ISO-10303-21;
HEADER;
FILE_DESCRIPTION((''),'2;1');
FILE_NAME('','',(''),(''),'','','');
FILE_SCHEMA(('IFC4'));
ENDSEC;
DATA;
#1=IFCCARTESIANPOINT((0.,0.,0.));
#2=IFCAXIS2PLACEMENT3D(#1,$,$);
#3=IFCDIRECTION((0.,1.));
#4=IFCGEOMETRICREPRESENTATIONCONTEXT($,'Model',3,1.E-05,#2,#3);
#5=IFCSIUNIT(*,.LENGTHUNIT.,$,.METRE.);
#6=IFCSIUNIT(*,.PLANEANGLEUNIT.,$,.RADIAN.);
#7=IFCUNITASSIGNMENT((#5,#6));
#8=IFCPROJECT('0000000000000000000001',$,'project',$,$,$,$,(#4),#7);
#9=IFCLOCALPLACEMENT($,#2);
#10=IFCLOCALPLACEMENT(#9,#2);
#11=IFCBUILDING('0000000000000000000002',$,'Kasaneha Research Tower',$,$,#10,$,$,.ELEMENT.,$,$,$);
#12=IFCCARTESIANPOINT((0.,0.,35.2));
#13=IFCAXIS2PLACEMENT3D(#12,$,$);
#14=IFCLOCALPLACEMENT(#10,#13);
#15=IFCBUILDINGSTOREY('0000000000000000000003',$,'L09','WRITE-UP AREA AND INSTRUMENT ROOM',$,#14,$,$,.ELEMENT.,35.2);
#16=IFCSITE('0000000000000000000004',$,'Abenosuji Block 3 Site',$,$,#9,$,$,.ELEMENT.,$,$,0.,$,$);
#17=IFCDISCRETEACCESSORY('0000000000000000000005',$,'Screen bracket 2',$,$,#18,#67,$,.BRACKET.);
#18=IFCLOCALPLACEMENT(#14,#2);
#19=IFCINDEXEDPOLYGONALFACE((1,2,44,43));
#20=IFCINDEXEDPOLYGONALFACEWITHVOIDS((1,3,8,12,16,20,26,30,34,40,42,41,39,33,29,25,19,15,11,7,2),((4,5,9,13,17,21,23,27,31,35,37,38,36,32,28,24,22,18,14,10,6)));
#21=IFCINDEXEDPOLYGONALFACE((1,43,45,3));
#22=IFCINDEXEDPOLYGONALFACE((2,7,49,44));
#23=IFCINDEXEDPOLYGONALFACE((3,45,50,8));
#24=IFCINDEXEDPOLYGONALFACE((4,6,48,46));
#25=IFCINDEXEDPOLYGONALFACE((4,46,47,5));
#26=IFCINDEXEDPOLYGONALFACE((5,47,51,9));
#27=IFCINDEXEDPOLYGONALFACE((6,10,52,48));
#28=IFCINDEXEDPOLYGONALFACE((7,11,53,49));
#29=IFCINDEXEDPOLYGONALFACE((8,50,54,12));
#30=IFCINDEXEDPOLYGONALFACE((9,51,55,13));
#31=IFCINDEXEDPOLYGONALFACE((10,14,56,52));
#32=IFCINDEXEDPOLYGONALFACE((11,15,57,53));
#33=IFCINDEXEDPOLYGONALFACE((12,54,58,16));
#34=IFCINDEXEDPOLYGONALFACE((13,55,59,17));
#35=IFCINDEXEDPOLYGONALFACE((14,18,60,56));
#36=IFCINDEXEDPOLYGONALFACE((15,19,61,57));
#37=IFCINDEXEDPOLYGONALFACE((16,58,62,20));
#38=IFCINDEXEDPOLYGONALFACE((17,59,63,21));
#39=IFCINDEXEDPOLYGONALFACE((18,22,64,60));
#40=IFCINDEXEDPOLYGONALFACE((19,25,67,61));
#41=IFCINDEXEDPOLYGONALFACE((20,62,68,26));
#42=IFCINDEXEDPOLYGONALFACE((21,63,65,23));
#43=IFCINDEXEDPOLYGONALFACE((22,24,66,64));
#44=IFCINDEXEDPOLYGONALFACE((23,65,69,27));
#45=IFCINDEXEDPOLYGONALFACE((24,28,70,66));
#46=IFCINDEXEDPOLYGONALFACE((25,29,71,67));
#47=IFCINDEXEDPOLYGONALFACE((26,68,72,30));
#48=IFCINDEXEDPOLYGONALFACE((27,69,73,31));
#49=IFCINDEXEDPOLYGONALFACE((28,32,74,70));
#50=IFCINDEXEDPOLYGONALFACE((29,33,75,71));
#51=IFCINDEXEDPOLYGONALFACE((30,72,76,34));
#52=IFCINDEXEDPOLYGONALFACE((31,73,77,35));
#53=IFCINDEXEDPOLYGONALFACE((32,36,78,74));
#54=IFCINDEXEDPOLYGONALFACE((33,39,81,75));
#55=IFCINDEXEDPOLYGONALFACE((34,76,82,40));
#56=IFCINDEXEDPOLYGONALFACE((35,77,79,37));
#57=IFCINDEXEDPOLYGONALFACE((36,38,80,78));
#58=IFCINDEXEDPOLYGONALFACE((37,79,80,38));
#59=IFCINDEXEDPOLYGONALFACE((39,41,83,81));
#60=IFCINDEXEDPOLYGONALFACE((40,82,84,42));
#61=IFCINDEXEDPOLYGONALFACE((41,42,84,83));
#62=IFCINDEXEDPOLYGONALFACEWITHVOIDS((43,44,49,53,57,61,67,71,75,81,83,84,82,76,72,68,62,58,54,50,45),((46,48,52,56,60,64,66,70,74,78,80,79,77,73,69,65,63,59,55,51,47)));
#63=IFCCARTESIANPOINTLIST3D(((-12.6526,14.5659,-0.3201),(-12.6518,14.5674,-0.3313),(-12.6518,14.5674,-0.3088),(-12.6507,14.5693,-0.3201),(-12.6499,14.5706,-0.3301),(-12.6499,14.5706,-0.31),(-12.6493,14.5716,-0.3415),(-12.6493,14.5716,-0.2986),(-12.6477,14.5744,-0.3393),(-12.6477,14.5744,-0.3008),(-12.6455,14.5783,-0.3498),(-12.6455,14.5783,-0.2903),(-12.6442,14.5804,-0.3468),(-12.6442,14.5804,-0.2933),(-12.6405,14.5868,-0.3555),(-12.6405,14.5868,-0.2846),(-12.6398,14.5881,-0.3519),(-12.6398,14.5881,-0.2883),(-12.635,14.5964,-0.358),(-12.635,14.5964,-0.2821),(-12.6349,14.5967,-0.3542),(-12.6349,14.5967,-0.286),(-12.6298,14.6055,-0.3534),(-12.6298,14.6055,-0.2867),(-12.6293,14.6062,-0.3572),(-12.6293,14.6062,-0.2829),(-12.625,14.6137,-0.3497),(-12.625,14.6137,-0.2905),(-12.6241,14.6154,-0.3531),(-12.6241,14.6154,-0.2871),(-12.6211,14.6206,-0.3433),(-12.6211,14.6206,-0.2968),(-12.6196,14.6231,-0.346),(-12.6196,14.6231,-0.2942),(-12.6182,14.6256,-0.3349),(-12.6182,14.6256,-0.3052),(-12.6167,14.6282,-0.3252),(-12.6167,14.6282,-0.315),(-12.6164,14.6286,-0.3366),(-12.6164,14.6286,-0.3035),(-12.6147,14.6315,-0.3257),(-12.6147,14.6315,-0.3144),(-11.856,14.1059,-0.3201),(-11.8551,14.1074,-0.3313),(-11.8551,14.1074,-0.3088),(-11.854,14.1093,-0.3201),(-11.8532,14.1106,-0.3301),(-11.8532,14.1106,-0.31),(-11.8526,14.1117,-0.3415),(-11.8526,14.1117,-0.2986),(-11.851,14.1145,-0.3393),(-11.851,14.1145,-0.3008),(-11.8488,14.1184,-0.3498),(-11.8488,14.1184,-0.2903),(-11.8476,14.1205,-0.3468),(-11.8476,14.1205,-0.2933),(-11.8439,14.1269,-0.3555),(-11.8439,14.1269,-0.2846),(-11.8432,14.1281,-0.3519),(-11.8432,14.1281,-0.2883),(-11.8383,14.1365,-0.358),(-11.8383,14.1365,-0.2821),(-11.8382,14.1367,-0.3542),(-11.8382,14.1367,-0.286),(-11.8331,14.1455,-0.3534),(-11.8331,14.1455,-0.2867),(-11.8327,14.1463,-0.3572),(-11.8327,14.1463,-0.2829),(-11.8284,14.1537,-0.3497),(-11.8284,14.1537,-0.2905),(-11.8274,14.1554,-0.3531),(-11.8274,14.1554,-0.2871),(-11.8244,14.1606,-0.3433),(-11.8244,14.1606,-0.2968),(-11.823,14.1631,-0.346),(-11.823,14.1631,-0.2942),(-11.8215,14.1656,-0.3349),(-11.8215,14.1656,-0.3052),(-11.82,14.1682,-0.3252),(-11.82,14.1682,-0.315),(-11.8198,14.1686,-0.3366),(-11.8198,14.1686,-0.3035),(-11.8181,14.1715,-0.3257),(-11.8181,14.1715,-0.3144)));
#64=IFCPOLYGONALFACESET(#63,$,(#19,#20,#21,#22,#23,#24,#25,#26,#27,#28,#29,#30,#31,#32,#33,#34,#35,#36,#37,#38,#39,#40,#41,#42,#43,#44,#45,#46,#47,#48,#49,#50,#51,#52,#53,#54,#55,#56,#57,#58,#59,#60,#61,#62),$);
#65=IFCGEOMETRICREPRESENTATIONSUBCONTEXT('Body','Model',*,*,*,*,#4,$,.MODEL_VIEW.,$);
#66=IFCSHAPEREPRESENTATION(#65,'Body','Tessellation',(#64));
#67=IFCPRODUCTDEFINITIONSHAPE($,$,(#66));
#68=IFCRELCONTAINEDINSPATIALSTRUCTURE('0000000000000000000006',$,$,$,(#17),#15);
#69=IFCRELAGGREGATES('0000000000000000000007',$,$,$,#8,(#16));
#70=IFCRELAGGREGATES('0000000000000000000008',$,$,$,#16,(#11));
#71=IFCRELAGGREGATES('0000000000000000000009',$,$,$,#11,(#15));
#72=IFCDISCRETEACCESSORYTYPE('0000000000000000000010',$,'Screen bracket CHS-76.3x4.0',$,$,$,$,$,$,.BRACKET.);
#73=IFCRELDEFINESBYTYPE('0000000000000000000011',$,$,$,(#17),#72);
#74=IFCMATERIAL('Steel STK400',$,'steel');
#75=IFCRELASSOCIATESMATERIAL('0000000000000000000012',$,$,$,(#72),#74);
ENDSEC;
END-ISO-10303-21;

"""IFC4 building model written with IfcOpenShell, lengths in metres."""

from ifc_helpers import new_model, si_unit, direction, frame, origin, origin_2d, place, context, subcontext, project, spatial, hollow_circle, extrude, material, material_profile, profile_set, type_object, element, save


model = new_model("IFC4")

# Units and contexts
model_context = context("Model", 3, precision=1e-05, world=origin(), true_north=direction((0.0, 1.0)))
body_context = subcontext(model_context, "Body", "Model", "MODEL_VIEW")
ifc_project = project(units=[si_unit("LENGTHUNIT", "METRE"), si_unit("PLANEANGLEUNIT", "RADIAN")], contexts=[model_context])

# Site, building, storey
site_placement = place(None, origin())
site = spatial("IfcSite", under=ifc_project, at=site_placement, Name="Abenosuji Block 3 Site", CompositionType="ELEMENT", RefElevation=0.0)
building_placement = place(site_placement, origin())
building = spatial("IfcBuilding", under=site, at=building_placement, Name="Kasaneha Research Tower", CompositionType="ELEMENT")
storey_placement = place(building_placement, frame((0.0, 0.0, 35.2)))
storey = spatial("IfcBuildingStorey", under=building, at=storey_placement, Name="L09", Description="WRITE-UP AREA AND INSTRUMENT ROOM", CompositionType="ELEMENT", Elevation=35.2)

# Discrete accessory
ifc_material_1 = material(Name="Steel STK400", Category="steel")
ifc_material_profile_1 = material_profile(ifc_material_1, hollow_circle(Radius=0.0381, WallThickness=0.0039, at=origin_2d()), Name="CHS-76.3x4.0")
ifc_profile_set_1 = profile_set([ifc_material_profile_1], Name="Steel STK400")
discrete_accessory_type = type_object("IfcDiscreteAccessoryType", Name="Screen bracket CHS-76.3x4.0", PredefinedType="BRACKET", material=ifc_profile_set_1)
discrete_accessory_1_placement = place(storey_placement, frame((-11.8369, 14.1389, -0.3201), z_axis=(-0.866013, 0.500021, 0.0), x_axis=(-0.500021, -0.866013, 0.0)))
element("IfcDiscreteAccessory", 1, at=discrete_accessory_1_placement, inside=storey, type_object=discrete_accessory_type, Name="Screen bracket 2", PredefinedType="BRACKET", context=body_context, shape_type="SweptSolid", body=[
    extrude(hollow_circle(Radius=0.0381, WallThickness=0.0039, at=origin_2d()), origin(), (0.0, 0.0, 1.0), 0.9199),
])

save(model, "model.ifc")
